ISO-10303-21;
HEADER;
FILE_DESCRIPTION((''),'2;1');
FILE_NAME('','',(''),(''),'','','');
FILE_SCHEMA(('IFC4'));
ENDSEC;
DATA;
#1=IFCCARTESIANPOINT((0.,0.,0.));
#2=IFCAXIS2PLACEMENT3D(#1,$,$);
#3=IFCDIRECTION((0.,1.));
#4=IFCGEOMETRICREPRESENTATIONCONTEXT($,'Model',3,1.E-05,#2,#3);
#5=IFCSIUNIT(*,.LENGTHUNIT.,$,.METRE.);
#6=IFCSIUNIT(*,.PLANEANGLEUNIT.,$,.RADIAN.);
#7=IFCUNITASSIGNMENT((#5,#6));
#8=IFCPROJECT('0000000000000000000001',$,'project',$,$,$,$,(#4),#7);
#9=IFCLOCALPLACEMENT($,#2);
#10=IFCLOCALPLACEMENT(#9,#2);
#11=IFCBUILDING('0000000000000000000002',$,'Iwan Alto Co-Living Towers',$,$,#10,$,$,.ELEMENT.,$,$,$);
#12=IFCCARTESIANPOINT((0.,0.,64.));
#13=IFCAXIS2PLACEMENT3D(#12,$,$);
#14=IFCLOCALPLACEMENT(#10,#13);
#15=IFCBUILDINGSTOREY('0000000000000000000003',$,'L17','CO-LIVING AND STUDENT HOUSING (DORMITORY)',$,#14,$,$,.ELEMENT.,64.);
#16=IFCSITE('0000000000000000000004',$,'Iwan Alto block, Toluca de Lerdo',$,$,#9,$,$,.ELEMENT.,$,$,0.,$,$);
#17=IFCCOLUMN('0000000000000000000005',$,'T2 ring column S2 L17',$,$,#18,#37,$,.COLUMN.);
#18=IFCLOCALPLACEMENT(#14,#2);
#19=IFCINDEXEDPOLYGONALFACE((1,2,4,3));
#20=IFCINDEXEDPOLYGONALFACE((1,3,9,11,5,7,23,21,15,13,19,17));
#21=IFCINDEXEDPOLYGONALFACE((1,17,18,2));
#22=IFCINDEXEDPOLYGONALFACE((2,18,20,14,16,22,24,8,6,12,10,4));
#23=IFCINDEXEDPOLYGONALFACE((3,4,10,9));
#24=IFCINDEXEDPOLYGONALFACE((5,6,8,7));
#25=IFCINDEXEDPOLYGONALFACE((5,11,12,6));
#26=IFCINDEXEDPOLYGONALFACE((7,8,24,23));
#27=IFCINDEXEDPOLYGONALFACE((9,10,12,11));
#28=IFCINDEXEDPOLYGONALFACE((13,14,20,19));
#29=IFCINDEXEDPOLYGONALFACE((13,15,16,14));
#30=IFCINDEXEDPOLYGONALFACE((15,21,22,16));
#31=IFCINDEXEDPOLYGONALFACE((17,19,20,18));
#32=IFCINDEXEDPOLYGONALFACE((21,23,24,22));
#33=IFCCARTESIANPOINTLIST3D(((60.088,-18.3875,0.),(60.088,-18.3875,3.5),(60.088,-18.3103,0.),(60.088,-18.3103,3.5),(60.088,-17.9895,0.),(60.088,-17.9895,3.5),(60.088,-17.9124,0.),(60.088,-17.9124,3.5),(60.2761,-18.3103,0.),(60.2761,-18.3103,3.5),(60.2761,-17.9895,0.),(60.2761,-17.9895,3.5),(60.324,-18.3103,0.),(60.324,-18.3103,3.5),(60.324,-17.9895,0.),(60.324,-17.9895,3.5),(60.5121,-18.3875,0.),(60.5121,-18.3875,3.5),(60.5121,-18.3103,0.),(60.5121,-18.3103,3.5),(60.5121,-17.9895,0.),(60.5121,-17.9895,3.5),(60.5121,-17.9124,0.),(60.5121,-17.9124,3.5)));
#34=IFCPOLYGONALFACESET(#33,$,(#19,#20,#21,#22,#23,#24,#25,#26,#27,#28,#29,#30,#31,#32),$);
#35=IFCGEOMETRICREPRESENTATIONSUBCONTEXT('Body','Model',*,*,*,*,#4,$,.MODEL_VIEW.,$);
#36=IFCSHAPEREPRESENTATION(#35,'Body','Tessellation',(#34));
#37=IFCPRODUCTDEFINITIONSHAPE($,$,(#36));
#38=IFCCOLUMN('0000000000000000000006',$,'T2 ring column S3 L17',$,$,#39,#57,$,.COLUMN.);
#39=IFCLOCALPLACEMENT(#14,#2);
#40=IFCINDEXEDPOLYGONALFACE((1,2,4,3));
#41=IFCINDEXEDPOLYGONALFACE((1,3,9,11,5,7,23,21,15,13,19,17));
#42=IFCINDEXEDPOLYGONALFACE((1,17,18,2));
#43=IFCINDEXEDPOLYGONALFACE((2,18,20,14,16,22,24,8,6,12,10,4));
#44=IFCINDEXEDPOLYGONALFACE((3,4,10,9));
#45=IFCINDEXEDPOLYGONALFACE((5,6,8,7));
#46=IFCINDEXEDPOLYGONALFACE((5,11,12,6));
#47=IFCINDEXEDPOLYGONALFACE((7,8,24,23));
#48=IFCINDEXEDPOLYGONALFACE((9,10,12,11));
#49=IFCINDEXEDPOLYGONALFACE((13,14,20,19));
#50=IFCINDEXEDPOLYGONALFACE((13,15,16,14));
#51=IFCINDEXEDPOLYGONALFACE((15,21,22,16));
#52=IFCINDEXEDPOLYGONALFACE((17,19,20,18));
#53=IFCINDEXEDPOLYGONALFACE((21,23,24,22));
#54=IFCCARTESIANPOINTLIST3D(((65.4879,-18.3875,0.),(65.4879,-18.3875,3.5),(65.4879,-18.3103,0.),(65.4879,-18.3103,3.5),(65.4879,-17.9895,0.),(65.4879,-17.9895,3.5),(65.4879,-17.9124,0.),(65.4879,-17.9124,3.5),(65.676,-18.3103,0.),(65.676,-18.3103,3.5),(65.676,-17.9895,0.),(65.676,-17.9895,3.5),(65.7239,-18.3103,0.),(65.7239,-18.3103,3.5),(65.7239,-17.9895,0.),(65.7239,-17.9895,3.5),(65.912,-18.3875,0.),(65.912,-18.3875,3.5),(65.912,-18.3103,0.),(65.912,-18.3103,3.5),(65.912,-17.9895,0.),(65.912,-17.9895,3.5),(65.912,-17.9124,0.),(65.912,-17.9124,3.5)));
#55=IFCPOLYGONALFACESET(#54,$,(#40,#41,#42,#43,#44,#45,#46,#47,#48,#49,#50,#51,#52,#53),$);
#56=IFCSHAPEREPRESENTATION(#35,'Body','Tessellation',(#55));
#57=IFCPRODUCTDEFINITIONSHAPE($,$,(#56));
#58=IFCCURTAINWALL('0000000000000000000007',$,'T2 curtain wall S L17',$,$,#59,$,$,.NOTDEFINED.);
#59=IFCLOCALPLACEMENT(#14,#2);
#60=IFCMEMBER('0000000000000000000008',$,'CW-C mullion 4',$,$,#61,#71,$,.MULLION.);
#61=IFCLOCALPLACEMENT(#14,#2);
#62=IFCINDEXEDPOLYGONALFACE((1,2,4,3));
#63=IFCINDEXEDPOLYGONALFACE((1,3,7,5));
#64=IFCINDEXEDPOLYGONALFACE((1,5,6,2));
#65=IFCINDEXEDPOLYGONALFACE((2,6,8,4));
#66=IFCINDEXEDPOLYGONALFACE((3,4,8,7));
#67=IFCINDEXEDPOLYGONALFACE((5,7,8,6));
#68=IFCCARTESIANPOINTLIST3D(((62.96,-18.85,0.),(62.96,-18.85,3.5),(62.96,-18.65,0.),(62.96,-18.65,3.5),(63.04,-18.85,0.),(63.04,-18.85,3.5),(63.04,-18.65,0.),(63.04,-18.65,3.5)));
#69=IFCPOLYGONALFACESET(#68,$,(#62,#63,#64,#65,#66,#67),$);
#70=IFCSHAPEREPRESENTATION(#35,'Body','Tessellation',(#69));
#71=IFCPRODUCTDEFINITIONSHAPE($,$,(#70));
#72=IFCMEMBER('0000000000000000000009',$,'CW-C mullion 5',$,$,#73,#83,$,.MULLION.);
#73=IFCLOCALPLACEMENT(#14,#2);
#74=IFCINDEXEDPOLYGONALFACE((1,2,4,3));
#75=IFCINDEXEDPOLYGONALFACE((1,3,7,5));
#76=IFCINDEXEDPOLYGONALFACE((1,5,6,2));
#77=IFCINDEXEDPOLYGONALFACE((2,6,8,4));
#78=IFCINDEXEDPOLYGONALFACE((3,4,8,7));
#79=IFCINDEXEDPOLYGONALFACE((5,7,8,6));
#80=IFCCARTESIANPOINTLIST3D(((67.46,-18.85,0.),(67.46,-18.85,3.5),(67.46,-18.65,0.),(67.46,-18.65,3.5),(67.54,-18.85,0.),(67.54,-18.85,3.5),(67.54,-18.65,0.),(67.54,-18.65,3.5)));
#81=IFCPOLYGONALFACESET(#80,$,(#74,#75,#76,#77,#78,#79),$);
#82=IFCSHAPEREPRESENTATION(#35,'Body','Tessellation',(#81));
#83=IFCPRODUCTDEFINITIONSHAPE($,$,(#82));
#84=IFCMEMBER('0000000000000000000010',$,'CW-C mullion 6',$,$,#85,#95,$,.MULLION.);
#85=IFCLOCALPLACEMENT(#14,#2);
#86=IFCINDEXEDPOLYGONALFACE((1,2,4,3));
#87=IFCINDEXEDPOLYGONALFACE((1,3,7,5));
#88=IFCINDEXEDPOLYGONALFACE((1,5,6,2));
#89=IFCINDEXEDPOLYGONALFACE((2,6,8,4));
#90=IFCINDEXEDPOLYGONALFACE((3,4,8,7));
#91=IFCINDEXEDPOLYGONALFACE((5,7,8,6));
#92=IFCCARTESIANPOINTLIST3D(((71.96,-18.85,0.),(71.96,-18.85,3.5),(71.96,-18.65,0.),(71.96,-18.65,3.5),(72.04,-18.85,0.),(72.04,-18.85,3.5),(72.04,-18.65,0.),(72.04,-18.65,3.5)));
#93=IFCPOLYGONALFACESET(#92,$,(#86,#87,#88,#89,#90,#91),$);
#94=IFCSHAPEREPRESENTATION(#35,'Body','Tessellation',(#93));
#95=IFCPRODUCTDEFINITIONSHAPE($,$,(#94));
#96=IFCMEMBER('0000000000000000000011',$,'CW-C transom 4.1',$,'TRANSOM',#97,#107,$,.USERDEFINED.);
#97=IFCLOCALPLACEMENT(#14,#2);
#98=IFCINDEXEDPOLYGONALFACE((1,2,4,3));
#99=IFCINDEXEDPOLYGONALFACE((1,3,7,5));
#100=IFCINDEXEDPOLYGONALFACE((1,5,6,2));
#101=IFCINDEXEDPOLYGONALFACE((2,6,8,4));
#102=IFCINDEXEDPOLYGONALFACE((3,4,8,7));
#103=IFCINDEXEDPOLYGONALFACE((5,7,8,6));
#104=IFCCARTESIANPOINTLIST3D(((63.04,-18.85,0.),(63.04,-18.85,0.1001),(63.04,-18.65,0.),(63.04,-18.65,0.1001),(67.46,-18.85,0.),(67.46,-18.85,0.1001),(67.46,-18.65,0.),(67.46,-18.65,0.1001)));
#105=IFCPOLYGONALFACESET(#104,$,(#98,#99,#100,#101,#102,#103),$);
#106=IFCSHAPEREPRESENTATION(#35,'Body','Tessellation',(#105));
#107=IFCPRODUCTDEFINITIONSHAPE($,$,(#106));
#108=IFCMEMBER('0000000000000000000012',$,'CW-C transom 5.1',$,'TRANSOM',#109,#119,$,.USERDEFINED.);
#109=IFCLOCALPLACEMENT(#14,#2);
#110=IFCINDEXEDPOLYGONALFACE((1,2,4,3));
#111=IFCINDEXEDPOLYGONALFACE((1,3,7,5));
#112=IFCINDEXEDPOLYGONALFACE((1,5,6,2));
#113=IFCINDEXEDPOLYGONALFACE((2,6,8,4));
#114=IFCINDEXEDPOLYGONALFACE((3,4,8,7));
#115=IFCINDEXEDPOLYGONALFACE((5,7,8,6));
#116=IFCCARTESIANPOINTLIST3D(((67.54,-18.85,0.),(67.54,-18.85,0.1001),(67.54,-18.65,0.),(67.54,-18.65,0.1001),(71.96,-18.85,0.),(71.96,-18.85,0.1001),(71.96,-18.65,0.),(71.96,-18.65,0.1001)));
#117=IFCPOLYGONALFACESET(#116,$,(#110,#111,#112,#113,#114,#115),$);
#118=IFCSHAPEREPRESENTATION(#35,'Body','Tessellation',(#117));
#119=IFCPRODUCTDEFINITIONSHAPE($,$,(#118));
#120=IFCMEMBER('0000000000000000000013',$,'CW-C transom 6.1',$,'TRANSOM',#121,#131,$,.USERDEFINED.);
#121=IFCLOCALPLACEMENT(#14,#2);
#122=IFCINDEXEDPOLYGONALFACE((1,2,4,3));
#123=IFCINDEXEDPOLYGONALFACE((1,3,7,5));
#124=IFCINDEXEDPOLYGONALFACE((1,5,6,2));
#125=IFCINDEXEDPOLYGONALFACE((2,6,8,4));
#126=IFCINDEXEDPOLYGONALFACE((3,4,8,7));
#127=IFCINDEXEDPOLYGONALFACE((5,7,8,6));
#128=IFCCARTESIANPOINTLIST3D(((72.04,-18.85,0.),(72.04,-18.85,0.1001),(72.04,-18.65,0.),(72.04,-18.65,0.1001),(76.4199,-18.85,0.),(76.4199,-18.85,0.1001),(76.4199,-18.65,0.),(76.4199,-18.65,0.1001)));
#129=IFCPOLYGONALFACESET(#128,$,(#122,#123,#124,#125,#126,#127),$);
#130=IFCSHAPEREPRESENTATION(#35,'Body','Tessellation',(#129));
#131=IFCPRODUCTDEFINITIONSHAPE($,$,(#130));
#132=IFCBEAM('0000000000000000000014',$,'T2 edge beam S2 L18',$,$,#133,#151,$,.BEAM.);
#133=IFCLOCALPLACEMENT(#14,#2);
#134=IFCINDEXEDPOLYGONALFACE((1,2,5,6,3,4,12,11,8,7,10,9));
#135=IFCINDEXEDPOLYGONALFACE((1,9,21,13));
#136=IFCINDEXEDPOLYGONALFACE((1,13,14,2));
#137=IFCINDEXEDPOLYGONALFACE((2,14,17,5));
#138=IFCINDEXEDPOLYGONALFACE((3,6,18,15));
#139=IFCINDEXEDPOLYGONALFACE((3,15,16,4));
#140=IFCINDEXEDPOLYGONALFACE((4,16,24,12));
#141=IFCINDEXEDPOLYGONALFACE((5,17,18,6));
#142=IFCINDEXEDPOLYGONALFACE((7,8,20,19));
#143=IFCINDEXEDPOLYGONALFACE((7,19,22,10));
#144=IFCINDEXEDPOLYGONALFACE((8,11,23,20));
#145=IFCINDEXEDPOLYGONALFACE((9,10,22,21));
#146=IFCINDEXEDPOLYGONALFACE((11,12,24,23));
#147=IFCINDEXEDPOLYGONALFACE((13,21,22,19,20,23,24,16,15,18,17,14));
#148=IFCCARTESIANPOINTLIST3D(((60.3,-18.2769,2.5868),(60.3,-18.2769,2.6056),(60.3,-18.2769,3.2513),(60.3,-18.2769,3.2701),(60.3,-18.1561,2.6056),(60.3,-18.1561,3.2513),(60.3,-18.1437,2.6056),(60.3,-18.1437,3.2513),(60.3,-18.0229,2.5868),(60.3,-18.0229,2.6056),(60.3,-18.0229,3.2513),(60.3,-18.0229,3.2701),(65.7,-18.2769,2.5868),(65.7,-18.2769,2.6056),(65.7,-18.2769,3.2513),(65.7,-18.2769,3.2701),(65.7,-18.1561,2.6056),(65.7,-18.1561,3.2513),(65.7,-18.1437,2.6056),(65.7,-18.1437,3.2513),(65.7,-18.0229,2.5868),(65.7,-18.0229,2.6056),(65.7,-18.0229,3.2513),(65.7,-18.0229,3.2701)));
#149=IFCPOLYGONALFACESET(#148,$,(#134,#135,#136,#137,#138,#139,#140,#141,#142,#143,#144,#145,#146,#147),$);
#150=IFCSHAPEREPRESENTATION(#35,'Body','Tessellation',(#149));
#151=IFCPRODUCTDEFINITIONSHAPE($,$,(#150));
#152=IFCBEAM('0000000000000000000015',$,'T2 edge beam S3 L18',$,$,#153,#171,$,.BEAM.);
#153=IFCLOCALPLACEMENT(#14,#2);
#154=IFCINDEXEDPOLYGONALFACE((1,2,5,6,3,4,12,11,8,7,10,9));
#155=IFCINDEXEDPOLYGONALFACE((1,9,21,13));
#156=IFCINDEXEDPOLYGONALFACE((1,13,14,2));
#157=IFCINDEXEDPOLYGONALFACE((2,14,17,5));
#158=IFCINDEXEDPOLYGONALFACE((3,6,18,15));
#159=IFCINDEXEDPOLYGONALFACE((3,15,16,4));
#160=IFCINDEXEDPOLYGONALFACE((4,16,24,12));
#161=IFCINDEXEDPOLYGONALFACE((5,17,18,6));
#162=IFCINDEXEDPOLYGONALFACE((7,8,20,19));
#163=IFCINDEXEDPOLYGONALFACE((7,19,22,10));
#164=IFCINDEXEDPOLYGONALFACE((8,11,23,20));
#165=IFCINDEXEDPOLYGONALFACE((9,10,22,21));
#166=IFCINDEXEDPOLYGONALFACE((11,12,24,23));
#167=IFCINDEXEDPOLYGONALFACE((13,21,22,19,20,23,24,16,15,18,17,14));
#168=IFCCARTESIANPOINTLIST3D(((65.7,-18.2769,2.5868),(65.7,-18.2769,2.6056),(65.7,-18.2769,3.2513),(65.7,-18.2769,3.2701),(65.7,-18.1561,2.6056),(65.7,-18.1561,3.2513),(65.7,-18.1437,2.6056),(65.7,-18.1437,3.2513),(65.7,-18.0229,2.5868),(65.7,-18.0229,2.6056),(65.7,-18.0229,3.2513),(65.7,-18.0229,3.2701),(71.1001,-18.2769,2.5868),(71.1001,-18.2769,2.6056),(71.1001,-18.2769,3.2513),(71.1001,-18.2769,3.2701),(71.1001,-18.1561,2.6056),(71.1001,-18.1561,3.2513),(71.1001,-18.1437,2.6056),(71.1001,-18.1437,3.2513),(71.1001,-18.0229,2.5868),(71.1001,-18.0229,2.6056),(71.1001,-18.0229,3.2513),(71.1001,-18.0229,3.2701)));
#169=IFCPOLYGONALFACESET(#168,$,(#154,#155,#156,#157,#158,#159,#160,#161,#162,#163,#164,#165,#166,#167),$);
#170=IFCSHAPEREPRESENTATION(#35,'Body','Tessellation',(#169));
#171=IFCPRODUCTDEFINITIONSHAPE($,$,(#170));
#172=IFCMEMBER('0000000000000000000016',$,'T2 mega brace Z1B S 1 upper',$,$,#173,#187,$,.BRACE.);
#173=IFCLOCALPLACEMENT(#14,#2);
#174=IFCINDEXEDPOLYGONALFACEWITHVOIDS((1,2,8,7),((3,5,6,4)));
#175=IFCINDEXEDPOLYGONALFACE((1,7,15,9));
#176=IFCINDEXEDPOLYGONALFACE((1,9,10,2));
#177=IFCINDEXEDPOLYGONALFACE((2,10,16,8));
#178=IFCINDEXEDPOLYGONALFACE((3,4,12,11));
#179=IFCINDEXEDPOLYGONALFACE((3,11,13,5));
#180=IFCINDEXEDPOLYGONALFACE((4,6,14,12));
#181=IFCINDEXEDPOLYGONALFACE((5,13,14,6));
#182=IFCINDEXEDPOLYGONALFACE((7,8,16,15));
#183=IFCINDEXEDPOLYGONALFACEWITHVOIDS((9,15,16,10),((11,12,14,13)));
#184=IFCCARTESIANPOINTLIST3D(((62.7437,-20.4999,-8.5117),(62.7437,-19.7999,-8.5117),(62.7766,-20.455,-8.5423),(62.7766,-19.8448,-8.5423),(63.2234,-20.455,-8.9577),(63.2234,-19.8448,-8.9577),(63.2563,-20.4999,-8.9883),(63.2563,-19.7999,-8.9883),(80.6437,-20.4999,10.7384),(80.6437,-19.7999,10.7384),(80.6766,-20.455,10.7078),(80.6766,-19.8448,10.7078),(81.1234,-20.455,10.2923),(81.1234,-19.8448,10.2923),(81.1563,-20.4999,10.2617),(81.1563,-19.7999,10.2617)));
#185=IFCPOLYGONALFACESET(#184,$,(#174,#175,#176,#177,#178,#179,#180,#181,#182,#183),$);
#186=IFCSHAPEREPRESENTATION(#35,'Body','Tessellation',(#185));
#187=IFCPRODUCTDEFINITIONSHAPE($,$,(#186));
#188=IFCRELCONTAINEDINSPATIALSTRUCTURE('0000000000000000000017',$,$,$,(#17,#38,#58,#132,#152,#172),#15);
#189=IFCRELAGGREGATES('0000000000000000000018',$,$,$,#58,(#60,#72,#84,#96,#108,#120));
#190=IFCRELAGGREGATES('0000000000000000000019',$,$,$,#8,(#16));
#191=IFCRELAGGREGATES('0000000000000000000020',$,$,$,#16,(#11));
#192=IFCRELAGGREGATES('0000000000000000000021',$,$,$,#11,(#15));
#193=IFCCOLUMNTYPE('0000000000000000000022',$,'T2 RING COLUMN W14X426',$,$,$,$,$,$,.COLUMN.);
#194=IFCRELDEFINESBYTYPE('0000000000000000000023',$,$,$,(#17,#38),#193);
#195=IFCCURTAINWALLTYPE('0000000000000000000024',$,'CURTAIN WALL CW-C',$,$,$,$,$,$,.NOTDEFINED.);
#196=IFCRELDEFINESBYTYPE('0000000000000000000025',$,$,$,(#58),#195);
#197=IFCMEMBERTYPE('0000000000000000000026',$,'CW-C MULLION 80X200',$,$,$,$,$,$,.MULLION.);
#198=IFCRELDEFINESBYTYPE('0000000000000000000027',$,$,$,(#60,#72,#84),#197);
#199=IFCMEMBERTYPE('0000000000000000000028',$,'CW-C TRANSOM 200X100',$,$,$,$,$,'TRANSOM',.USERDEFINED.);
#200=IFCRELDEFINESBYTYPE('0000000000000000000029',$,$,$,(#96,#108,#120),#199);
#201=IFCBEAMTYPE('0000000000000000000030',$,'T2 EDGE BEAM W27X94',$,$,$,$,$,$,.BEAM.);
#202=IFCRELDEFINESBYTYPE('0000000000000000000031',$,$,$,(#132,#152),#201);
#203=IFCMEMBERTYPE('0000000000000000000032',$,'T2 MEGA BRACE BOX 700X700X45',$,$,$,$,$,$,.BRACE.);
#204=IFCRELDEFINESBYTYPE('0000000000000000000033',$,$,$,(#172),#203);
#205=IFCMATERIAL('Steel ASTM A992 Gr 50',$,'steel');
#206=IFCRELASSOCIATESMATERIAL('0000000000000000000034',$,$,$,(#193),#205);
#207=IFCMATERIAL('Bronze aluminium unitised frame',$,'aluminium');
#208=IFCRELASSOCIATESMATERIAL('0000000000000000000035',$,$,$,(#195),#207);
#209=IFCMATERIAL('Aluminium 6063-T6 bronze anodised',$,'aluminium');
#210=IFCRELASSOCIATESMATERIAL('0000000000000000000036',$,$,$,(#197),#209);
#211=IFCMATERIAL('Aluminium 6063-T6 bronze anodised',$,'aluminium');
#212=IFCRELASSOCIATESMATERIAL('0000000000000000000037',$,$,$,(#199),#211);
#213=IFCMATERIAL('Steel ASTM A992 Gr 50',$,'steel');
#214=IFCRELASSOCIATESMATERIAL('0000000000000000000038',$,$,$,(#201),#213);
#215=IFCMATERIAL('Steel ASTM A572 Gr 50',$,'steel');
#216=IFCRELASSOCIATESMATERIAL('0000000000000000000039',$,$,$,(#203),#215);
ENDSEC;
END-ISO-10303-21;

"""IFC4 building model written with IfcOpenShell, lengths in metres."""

from ifc_helpers import new_model, si_unit, direction, frame, origin, origin_2d, place, context, subcontext, project, spatial, rectangle, hollow_rectangle, i_section, extrude, material, material_profile, profile_set, type_object, element, aggregate, save


model = new_model("IFC4")

# Units and contexts
model_context = context("Model", 3, precision=1e-05, world=origin(), true_north=direction((0.0, 1.0)))
body_context = subcontext(model_context, "Body", "Model", "MODEL_VIEW")
ifc_project = project(units=[si_unit("LENGTHUNIT", "METRE"), si_unit("PLANEANGLEUNIT", "RADIAN")], contexts=[model_context])

# Site, building, storey
site_placement = place(None, origin())
site = spatial("IfcSite", under=ifc_project, at=site_placement, Name="Iwan Alto block, Toluca de Lerdo", CompositionType="ELEMENT", RefElevation=0.0)
building_placement = place(site_placement, origin())
building = spatial("IfcBuilding", under=site, at=building_placement, Name="Iwan Alto Co-Living Towers", CompositionType="ELEMENT")
storey_placement = place(building_placement, frame((0.0, 0.0, 64.0)))
storey = spatial("IfcBuildingStorey", under=building, at=storey_placement, Name="L17", Description="CO-LIVING AND STUDENT HOUSING (DORMITORY)", CompositionType="ELEMENT", Elevation=64.0)

# Columns
ifc_material_1 = material(Name="Steel ASTM A992 Gr 50", Category="steel")
ifc_material_profile_1 = material_profile(ifc_material_1, i_section(OverallWidth=0.4241, OverallDepth=0.4751, WebThickness=0.0479, FlangeThickness=0.0771, at=origin_2d()), Name="W14X426")
ifc_profile_set_1 = profile_set([ifc_material_profile_1], Name="Steel ASTM A992 Gr 50")
column_type = type_object("IfcColumnType", Name="T2 RING COLUMN W14X426", PredefinedType="COLUMN", material=ifc_profile_set_1)
for number, where, z_axis, x_axis, name in (
    (1, (60.3, -18.1499, 0.0), (0.0, 0.0, 1.0), (1.0, 0.0, 0.0), "T2 ring column S2 L17"),
    (2, (65.7, -18.1499, 0.0), (0.0, 0.0, 1.0), (1.0, 0.0, 0.0), "T2 ring column S3 L17"),
):
    element("IfcColumn", number, at=place(storey_placement, frame(where, z_axis=z_axis, x_axis=x_axis)), inside=storey, type_object=column_type, Name=name, PredefinedType="COLUMN", context=body_context, shape_type="SweptSolid", body=[
        extrude(i_section(OverallWidth=0.4241, OverallDepth=0.4751, WebThickness=0.0479, FlangeThickness=0.0771, at=origin_2d()), origin(), (0.0, 0.0, 1.0), 3.5),
    ])

# Curtain wall, members
ifc_material_2 = material(Name="Bronze aluminium unitised frame", Category="aluminium")
curtain_wall_type = type_object("IfcCurtainWallType", Name="CURTAIN WALL CW-C", PredefinedType="NOTDEFINED", material=ifc_material_2)
curtain_wall_placement = place(storey_placement, origin())
curtain_wall = element("IfcCurtainWall", 3, at=curtain_wall_placement, inside=storey, type_object=curtain_wall_type, Name="T2 curtain wall S L17", PredefinedType="NOTDEFINED")
ifc_material_3 = material(Name="Aluminium 6063-T6 bronze anodised", Category="aluminium")
ifc_material_profile_2 = material_profile(ifc_material_3, rectangle(XDim=0.2, YDim=0.0801, at=origin_2d()), Name="AL 80X200")
ifc_profile_set_2 = profile_set([ifc_material_profile_2], Name="Aluminium 6063-T6 bronze anodised")
member_type_1 = type_object("IfcMemberType", Name="CW-C MULLION 80X200", PredefinedType="MULLION", material=ifc_profile_set_2)
member_1_placement = place(storey_placement, frame((63.0, -18.75, 0.0), z_axis=(0.0, 0.0, 1.0), x_axis=(0.0, 1.0, 0.0)))
member_1 = element("IfcMember", 4, at=member_1_placement, type_object=member_type_1, Name="CW-C mullion 4", PredefinedType="MULLION", context=body_context, shape_type="SweptSolid", body=[
    extrude(rectangle(XDim=0.2, YDim=0.0801, at=origin_2d()), origin(), (0.0, 0.0, 1.0), 3.5),
])
member_2_placement = place(storey_placement, frame((67.5, -18.75, 0.0), z_axis=(0.0, 0.0, 1.0), x_axis=(0.0, 1.0, 0.0)))
member_2 = element("IfcMember", 5, at=member_2_placement, type_object=member_type_1, Name="CW-C mullion 5", PredefinedType="MULLION", context=body_context, shape_type="SweptSolid", body=[
    extrude(rectangle(XDim=0.2, YDim=0.0801, at=origin_2d()), origin(), (0.0, 0.0, 1.0), 3.5),
])
member_3_placement = place(storey_placement, frame((72.0, -18.75, 0.0), z_axis=(0.0, 0.0, 1.0), x_axis=(0.0, 1.0, 0.0)))
member_3 = element("IfcMember", 6, at=member_3_placement, type_object=member_type_1, Name="CW-C mullion 6", PredefinedType="MULLION", context=body_context, shape_type="SweptSolid", body=[
    extrude(rectangle(XDim=0.2, YDim=0.0801, at=origin_2d()), origin(), (0.0, 0.0, 1.0), 3.5),
])
ifc_material_4 = material(Name="Aluminium 6063-T6 bronze anodised", Category="aluminium")
ifc_material_profile_3 = material_profile(ifc_material_4, rectangle(XDim=0.2, YDim=0.1001, at=origin_2d()), Name="AL 200X100")
ifc_profile_set_3 = profile_set([ifc_material_profile_3], Name="Aluminium 6063-T6 bronze anodised")
member_type_2 = type_object("IfcMemberType", Name="CW-C TRANSOM 200X100", ElementType="TRANSOM", PredefinedType="USERDEFINED", material=ifc_profile_set_3)
member_4_placement = place(storey_placement, frame((63.04, -18.75, 0.05), z_axis=(1.0, 0.0, 0.0), x_axis=(0.0, 1.0, 0.0)))
member_4 = element("IfcMember", 7, at=member_4_placement, type_object=member_type_2, Name="CW-C transom 4.1", ObjectType="TRANSOM", PredefinedType="USERDEFINED", context=body_context, shape_type="SweptSolid", body=[
    extrude(rectangle(XDim=0.2, YDim=0.1001, at=origin_2d()), origin(), (0.0, 0.0, 1.0), 4.4199),
])
member_5_placement = place(storey_placement, frame((67.54, -18.75, 0.05), z_axis=(1.0, 0.0, 0.0), x_axis=(0.0, 1.0, 0.0)))
member_5 = element("IfcMember", 8, at=member_5_placement, type_object=member_type_2, Name="CW-C transom 5.1", ObjectType="TRANSOM", PredefinedType="USERDEFINED", context=body_context, shape_type="SweptSolid", body=[
    extrude(rectangle(XDim=0.2, YDim=0.1001, at=origin_2d()), origin(), (0.0, 0.0, 1.0), 4.4199),
])
member_6_placement = place(storey_placement, frame((72.04, -18.75, 0.05), z_axis=(1.0, 0.0, 0.0), x_axis=(0.0, 1.0, 0.0)))
member_6 = element("IfcMember", 9, at=member_6_placement, type_object=member_type_2, Name="CW-C transom 6.1", ObjectType="TRANSOM", PredefinedType="USERDEFINED", context=body_context, shape_type="SweptSolid", body=[
    extrude(rectangle(XDim=0.2, YDim=0.1001, at=origin_2d()), origin(), (0.0, 0.0, 1.0), 4.3799),
])

# Beams
ifc_material_5 = material(Name="Steel ASTM A992 Gr 50", Category="steel")
ifc_material_profile_4 = material_profile(ifc_material_5, i_section(OverallWidth=0.2539, OverallDepth=0.6833, WebThickness=0.0125, FlangeThickness=0.0188, at=origin_2d()), Name="W27X94")
ifc_profile_set_4 = profile_set([ifc_material_profile_4], Name="Steel ASTM A992 Gr 50")
beam_type_1 = type_object("IfcBeamType", Name="T2 EDGE BEAM W27X94", PredefinedType="BEAM", material=ifc_profile_set_4)
beam_1_placement = place(storey_placement, frame((60.3, -18.1499, 2.9285), z_axis=(1.0, 0.0, 0.0), x_axis=(0.0, 1.0, 0.0)))
element("IfcBeam", 10, at=beam_1_placement, inside=storey, type_object=beam_type_1, Name="T2 edge beam S2 L18", PredefinedType="BEAM", context=body_context, shape_type="SweptSolid", body=[
    extrude(i_section(OverallWidth=0.2539, OverallDepth=0.6833, WebThickness=0.0125, FlangeThickness=0.0188, at=origin_2d()), origin(), (0.0, 0.0, 1.0), 5.3999),
])
beam_2_placement = place(storey_placement, frame((65.7, -18.1499, 2.9285), z_axis=(1.0, 0.0, 0.0), x_axis=(0.0, 1.0, 0.0)))
element("IfcBeam", 11, at=beam_2_placement, inside=storey, type_object=beam_type_1, Name="T2 edge beam S3 L18", PredefinedType="BEAM", context=body_context, shape_type="SweptSolid", body=[
    extrude(i_section(OverallWidth=0.2539, OverallDepth=0.6833, WebThickness=0.0125, FlangeThickness=0.0188, at=origin_2d()), origin(), (0.0, 0.0, 1.0), 5.4001),
])

# Member
ifc_material_6 = material(Name="Steel ASTM A572 Gr 50", Category="steel")
ifc_material_profile_5 = material_profile(ifc_material_6, hollow_rectangle(XDim=0.7, YDim=0.7, WallThickness=0.0449, at=origin_2d()), Name="BOX 700X700X45")
ifc_profile_set_5 = profile_set([ifc_material_profile_5], Name="Steel ASTM A572 Gr 50")
member_type_3 = type_object("IfcMemberType", Name="T2 MEGA BRACE BOX 700X700X45", PredefinedType="BRACE", material=ifc_profile_set_5)
for number, where, z_axis, x_axis, name in (
    (12, (63.0, -20.1499, -8.75), (0.68096, 0.0, 0.732321), (0.0, 1.0, 0.0), "T2 mega brace Z1B S 1 upper"),
):
    element("IfcMember", number, at=place(storey_placement, frame(where, z_axis=z_axis, x_axis=x_axis)), inside=storey, type_object=member_type_3, Name=name, PredefinedType="BRACE", context=body_context, shape_type="SweptSolid", body=[
        extrude(hollow_rectangle(XDim=0.7, YDim=0.7, WallThickness=0.0449, at=origin_2d()), origin(), (0.0, 0.0, 1.0), 26.2864),
    ])

aggregate(curtain_wall, [member_1, member_2, member_3, member_4, member_5, member_6])

save(model, "model.ifc")
